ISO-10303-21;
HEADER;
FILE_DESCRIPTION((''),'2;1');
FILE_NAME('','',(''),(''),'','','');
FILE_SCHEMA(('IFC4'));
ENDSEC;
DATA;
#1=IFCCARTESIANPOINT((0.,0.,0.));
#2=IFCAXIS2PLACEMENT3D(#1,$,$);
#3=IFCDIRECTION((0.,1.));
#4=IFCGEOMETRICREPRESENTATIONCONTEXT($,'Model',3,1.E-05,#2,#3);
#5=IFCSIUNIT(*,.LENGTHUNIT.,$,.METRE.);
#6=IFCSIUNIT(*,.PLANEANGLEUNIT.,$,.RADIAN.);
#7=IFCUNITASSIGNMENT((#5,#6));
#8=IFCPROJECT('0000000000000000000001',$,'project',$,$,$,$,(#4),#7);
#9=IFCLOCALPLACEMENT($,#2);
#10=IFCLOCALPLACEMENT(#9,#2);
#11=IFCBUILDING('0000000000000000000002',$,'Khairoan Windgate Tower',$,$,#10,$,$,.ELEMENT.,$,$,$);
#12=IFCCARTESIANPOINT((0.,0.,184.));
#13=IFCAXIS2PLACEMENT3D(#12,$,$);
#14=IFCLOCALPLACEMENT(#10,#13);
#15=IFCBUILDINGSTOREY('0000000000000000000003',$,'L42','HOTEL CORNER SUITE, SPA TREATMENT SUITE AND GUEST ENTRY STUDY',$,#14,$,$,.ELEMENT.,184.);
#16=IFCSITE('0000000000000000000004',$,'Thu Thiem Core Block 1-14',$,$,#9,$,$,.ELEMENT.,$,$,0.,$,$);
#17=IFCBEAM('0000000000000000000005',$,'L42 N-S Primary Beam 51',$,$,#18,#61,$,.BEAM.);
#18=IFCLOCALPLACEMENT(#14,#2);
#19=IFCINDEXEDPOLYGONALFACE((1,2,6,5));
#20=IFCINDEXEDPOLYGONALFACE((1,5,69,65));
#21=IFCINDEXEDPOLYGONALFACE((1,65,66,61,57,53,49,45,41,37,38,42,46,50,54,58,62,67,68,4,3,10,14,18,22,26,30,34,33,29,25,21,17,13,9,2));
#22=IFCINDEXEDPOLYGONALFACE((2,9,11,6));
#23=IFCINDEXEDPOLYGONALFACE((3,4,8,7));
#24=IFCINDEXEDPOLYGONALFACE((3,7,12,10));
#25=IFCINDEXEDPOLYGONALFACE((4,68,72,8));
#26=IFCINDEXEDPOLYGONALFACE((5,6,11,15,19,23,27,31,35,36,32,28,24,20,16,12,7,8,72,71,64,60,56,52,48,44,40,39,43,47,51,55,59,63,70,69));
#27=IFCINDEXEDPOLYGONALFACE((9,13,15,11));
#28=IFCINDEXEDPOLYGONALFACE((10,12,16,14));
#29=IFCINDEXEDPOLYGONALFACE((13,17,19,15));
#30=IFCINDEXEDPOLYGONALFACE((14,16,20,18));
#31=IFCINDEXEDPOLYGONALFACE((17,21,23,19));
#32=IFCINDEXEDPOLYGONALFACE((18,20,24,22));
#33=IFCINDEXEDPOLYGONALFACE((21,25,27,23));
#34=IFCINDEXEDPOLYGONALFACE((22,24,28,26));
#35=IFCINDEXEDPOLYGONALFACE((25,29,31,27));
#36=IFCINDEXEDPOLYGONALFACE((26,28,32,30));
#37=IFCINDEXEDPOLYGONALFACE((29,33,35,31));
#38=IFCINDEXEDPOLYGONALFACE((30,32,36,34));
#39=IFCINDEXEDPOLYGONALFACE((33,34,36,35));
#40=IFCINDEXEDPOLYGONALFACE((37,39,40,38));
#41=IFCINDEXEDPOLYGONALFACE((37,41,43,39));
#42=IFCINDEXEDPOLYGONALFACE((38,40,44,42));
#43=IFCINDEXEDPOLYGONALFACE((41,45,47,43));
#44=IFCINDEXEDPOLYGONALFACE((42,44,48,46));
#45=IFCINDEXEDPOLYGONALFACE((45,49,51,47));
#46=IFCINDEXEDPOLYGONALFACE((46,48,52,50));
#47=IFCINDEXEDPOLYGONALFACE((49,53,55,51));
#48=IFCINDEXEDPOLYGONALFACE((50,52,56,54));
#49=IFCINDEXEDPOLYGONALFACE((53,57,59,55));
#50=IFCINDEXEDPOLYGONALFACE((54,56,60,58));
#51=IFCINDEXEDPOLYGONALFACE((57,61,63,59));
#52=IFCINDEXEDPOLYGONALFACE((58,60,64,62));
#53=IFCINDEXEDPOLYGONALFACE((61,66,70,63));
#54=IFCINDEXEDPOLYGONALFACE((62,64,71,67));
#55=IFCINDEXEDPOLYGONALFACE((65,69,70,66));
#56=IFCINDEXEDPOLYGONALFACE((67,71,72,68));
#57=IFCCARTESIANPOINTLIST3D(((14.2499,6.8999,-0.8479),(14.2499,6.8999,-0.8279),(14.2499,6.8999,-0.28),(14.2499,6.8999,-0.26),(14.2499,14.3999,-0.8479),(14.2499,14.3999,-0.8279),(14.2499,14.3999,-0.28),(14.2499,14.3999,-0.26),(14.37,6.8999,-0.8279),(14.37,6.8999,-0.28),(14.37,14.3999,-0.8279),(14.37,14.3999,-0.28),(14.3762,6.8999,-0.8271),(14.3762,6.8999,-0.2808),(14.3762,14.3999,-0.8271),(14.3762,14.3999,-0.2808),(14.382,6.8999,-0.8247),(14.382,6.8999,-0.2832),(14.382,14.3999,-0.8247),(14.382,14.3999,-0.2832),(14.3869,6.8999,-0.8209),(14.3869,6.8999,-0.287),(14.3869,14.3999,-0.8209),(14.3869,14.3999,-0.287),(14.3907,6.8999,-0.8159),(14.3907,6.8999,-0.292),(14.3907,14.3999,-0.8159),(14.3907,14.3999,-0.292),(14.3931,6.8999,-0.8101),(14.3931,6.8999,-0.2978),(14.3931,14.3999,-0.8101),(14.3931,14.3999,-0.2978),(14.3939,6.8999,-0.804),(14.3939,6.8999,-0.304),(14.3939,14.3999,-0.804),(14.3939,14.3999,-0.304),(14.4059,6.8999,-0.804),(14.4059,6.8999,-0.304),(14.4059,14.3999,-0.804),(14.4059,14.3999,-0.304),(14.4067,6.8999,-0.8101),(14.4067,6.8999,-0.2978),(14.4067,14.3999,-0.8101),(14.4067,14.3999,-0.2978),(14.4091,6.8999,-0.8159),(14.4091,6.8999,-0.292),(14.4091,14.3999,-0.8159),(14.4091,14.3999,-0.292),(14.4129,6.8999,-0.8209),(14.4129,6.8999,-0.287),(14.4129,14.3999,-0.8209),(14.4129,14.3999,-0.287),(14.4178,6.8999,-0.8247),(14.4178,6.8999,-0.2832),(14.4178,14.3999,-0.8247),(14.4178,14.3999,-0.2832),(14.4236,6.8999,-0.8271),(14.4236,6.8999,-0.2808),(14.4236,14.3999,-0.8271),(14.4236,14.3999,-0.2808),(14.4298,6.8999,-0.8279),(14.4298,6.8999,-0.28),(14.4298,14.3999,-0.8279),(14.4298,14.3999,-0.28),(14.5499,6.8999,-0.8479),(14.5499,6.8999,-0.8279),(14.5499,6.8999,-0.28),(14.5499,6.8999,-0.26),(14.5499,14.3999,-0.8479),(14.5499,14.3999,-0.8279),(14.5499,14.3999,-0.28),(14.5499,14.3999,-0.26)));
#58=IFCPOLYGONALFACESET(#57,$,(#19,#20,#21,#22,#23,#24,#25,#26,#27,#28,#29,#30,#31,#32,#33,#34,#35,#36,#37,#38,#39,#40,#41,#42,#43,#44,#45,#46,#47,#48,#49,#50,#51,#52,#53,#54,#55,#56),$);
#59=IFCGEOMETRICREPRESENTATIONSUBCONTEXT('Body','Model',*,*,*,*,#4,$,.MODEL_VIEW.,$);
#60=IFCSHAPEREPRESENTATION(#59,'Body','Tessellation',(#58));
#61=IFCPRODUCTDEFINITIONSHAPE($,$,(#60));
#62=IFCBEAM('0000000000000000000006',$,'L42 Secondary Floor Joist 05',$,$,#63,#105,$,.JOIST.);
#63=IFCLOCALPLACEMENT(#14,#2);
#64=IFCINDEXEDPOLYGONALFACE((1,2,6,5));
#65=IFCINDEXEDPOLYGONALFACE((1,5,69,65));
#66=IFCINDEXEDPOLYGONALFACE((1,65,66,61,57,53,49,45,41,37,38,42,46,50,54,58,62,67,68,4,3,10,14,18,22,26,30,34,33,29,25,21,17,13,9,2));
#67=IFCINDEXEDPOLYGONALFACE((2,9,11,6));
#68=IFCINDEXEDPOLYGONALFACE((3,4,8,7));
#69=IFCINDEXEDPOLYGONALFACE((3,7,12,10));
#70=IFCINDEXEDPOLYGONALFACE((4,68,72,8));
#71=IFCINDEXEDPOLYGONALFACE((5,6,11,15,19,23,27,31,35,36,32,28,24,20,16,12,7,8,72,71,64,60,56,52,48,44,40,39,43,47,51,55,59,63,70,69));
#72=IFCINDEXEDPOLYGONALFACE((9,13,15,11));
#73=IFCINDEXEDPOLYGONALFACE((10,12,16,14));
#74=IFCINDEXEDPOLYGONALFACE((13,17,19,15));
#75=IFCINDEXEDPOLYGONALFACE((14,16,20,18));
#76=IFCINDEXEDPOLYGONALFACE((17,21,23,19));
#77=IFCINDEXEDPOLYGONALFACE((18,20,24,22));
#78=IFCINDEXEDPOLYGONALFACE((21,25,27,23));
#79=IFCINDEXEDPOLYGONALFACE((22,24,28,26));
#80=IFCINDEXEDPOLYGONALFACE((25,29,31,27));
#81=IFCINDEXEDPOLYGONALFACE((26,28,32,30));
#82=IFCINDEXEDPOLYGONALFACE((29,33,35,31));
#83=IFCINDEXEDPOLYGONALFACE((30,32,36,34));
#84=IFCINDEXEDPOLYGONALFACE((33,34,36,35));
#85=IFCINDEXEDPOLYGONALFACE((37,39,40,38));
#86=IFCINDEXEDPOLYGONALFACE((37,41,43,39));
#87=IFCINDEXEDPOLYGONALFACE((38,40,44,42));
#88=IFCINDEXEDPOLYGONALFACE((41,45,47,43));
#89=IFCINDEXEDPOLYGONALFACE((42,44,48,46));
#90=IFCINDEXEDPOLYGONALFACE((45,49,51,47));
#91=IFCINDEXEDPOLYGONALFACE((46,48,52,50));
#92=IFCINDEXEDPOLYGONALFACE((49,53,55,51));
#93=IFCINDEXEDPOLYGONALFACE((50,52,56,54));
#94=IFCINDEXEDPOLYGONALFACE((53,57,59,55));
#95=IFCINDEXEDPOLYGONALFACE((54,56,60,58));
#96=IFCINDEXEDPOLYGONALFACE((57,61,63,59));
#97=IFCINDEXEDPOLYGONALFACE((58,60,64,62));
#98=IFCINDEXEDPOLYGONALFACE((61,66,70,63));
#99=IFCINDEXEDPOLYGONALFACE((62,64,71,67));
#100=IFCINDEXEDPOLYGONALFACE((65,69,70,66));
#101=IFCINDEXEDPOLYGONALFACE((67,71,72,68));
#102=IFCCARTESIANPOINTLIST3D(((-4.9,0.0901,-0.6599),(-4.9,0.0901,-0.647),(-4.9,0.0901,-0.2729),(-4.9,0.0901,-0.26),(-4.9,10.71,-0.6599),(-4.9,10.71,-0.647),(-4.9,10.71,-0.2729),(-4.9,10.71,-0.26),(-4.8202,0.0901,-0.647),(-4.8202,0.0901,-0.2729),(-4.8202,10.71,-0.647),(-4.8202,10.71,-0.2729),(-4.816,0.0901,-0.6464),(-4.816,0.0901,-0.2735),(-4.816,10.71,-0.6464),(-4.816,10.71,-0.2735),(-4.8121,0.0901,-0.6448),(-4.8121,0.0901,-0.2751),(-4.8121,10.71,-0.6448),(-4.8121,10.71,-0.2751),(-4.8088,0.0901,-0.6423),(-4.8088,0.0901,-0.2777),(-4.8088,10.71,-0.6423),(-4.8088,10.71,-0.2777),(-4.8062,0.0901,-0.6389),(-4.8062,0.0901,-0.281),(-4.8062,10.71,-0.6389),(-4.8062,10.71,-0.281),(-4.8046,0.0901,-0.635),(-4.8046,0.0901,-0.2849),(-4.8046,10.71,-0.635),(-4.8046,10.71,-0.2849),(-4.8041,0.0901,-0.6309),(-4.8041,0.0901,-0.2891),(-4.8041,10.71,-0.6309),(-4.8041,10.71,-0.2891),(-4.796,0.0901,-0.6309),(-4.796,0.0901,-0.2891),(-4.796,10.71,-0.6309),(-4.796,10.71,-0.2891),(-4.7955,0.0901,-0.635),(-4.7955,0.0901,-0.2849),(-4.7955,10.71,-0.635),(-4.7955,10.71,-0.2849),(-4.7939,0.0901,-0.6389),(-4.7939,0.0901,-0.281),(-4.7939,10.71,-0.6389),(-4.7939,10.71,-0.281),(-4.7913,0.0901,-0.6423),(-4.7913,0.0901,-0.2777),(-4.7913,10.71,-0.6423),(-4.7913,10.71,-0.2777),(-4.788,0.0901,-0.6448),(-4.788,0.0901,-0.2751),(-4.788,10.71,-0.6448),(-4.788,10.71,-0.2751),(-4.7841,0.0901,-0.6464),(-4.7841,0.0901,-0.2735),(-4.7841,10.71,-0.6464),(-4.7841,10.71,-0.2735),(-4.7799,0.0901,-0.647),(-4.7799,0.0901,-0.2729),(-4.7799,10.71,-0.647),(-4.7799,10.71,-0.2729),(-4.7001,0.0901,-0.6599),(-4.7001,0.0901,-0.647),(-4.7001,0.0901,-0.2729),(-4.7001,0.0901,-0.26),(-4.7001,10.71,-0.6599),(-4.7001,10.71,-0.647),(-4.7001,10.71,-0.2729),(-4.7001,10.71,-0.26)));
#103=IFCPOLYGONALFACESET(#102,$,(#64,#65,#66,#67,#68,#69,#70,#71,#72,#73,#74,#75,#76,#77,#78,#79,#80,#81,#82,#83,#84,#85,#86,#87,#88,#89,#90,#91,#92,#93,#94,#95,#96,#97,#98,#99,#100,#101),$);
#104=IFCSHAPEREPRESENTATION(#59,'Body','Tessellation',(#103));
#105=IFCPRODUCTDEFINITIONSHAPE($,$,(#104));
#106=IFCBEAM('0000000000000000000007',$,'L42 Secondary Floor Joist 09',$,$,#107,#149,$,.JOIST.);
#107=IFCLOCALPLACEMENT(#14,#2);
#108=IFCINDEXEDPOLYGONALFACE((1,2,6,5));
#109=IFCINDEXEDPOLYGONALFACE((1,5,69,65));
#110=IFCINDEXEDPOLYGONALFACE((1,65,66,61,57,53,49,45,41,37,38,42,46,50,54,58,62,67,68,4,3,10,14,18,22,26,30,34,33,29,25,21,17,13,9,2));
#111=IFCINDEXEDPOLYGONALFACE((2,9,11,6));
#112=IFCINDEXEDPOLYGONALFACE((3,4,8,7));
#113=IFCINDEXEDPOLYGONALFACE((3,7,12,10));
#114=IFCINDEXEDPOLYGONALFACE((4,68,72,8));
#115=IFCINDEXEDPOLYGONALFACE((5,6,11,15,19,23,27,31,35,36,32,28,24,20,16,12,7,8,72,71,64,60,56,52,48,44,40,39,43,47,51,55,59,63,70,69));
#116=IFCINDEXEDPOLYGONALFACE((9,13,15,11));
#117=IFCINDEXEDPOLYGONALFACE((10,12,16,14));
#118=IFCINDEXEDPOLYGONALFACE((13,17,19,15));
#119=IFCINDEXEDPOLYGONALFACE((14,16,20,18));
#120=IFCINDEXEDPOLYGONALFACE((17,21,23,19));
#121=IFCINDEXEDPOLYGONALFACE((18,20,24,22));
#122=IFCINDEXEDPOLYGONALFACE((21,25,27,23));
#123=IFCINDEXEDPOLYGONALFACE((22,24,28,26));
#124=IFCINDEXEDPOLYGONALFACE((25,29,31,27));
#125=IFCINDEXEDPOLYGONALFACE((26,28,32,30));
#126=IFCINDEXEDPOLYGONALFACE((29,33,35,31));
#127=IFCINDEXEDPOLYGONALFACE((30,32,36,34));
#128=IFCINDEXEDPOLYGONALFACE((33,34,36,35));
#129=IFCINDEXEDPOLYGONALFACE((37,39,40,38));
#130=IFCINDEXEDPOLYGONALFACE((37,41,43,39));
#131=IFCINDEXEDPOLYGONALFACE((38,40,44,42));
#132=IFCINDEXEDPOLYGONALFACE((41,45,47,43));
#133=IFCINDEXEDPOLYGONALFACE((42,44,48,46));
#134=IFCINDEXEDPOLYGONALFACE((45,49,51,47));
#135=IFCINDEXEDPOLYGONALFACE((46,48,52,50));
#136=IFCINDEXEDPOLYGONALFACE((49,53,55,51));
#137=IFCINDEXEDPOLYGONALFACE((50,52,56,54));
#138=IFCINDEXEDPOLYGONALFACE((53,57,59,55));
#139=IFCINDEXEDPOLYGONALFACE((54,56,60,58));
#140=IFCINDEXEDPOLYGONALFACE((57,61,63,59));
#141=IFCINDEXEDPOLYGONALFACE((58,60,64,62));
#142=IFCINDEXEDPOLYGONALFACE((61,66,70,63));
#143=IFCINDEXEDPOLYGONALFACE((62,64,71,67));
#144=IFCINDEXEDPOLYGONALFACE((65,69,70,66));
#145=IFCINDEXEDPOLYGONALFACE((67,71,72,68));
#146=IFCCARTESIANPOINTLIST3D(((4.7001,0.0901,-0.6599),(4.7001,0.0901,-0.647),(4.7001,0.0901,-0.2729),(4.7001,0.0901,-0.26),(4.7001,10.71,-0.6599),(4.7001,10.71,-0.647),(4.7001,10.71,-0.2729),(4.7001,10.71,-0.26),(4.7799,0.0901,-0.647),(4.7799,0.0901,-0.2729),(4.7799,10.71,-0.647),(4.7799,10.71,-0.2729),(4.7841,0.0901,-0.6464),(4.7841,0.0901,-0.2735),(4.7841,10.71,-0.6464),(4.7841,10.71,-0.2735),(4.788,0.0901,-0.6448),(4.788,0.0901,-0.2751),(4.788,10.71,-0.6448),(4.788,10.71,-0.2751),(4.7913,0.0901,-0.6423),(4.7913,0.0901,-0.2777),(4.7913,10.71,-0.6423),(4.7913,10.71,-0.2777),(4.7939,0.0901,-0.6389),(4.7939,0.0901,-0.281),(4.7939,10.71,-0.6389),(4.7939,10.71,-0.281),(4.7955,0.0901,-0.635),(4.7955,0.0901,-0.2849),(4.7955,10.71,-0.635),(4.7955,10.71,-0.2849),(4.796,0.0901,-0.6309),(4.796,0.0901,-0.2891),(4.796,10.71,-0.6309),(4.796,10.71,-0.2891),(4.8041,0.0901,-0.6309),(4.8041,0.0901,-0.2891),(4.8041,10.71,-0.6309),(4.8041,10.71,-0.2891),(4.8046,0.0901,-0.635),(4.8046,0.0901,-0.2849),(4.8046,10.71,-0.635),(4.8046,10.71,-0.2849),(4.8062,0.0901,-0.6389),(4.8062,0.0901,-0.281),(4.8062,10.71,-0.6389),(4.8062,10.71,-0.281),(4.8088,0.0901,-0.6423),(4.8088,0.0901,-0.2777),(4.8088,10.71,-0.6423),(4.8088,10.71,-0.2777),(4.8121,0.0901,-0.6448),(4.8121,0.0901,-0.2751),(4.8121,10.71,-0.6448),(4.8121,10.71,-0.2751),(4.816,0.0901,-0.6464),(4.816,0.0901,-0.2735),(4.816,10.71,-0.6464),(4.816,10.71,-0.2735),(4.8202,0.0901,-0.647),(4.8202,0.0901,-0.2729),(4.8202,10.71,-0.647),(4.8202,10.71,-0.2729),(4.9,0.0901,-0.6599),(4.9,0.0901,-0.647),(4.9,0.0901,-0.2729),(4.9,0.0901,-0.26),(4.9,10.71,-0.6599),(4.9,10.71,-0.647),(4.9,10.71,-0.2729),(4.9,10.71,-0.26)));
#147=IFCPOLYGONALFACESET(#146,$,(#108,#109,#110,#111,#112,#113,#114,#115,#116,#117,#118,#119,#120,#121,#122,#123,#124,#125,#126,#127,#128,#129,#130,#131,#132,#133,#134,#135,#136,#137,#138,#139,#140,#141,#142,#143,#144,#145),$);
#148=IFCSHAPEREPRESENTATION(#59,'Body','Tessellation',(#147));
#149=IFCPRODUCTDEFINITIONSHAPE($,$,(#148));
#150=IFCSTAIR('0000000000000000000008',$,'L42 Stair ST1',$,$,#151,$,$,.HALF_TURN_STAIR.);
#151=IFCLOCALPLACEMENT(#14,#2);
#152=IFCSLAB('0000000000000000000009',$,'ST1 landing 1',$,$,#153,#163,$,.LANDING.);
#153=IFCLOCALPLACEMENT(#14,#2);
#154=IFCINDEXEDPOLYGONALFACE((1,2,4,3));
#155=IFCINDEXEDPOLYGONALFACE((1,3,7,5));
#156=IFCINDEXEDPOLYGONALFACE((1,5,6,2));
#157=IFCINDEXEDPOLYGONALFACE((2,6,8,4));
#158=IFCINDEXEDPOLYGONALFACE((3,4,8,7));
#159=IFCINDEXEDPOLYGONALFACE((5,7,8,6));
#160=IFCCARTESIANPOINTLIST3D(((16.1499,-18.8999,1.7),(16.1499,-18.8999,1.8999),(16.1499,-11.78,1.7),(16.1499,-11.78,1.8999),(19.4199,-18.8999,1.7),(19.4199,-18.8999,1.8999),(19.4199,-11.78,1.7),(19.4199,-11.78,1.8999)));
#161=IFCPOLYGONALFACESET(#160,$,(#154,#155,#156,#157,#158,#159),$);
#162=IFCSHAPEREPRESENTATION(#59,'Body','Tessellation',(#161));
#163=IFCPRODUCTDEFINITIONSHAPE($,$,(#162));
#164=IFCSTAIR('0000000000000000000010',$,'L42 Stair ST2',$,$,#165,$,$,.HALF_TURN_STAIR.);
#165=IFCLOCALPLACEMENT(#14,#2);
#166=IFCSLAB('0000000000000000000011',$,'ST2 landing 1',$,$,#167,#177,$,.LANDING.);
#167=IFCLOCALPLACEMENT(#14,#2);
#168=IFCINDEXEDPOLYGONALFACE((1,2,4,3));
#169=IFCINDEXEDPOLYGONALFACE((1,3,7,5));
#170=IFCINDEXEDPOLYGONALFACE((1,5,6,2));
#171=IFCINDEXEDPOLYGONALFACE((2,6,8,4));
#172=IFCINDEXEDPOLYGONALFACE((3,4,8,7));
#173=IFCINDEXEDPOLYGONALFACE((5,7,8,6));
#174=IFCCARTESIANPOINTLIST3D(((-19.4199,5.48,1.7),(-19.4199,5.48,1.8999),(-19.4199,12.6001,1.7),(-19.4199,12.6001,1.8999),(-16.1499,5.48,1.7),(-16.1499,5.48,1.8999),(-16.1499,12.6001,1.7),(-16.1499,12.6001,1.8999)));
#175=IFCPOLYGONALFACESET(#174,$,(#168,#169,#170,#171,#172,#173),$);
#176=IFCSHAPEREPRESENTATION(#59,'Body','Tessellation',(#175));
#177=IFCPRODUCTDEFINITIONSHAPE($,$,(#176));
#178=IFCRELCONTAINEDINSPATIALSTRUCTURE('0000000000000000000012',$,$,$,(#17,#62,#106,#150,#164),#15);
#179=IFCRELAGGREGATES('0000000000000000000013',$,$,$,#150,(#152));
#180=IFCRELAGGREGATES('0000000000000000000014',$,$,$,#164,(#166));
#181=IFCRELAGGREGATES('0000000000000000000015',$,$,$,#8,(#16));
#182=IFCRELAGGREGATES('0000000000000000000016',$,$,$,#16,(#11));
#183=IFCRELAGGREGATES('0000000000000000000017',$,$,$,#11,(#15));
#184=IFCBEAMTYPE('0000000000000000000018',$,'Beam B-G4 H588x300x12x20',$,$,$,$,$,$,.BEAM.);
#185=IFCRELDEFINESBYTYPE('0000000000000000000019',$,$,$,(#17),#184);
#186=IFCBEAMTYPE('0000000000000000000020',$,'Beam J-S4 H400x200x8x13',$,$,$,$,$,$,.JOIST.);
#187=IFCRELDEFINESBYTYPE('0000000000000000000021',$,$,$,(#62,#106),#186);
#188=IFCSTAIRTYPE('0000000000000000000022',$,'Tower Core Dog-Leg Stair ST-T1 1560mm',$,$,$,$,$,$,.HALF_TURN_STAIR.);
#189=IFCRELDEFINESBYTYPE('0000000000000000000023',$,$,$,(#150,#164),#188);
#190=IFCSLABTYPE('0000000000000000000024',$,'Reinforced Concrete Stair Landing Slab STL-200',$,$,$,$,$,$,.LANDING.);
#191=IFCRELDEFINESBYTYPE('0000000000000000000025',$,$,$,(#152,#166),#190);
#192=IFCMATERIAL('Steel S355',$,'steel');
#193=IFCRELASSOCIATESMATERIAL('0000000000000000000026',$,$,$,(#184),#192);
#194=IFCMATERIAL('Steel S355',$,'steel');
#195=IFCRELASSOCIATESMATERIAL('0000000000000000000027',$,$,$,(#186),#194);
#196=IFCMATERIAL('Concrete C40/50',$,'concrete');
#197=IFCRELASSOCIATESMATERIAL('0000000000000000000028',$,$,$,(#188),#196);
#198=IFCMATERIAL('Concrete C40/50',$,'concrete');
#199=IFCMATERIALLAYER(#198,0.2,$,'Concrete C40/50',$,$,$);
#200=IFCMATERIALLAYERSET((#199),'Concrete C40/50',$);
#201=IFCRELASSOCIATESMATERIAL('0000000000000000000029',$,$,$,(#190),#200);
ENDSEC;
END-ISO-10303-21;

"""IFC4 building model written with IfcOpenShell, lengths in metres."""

from ifc_helpers import new_model, si_unit, direction, frame, origin, origin_2d, place, context, subcontext, project, spatial, polyline, i_section, outline, extrude, material, layer, layer_set, material_profile, profile_set, type_object, element, aggregate, save


model = new_model("IFC4")

# Units and contexts
model_context = context("Model", 3, precision=1e-05, world=origin(), true_north=direction((0.0, 1.0)))
body_context = subcontext(model_context, "Body", "Model", "MODEL_VIEW")
ifc_project = project(units=[si_unit("LENGTHUNIT", "METRE"), si_unit("PLANEANGLEUNIT", "RADIAN")], contexts=[model_context])

# Site, building, storey
site_placement = place(None, origin())
site = spatial("IfcSite", under=ifc_project, at=site_placement, Name="Thu Thiem Core Block 1-14", CompositionType="ELEMENT", RefElevation=0.0)
building_placement = place(site_placement, origin())
building = spatial("IfcBuilding", under=site, at=building_placement, Name="Khairoan Windgate Tower", CompositionType="ELEMENT")
storey_placement = place(building_placement, frame((0.0, 0.0, 184.0)))
storey = spatial("IfcBuildingStorey", under=building, at=storey_placement, Name="L42", Description="HOTEL CORNER SUITE, SPA TREATMENT SUITE AND GUEST ENTRY STUDY", CompositionType="ELEMENT", Elevation=184.0)

# Beams
ifc_material_1 = material(Name="Steel S355", Category="steel")
ifc_material_profile_1 = material_profile(ifc_material_1, i_section(OverallWidth=0.3, OverallDepth=0.5879, WebThickness=0.012, FlangeThickness=0.02, FilletRadius=0.0239, at=origin_2d()))
ifc_profile_set_1 = profile_set([ifc_material_profile_1], Name="Steel S355")
beam_type_1 = type_object("IfcBeamType", Name="Beam B-G4 H588x300x12x20", PredefinedType="BEAM", material=ifc_profile_set_1)
beam_1_placement = place(storey_placement, frame((14.3999, 6.8999, -0.554), z_axis=(0.0, 1.0, 0.0), x_axis=(-1.0, 0.0, 0.0)))
element("IfcBeam", 1, at=beam_1_placement, inside=storey, type_object=beam_type_1, Name="L42 N-S Primary Beam 51", PredefinedType="BEAM", context=body_context, shape_type="SweptSolid", body=[
    extrude(i_section(OverallWidth=0.3, OverallDepth=0.5879, WebThickness=0.012, FlangeThickness=0.02, FilletRadius=0.0239, at=origin_2d()), origin(), (0.0, 0.0, 1.0), 7.5),
])
ifc_material_2 = material(Name="Steel S355", Category="steel")
ifc_material_profile_2 = material_profile(ifc_material_2, i_section(OverallWidth=0.2, OverallDepth=0.3999, WebThickness=0.0081, FlangeThickness=0.0129, FilletRadius=0.0161, at=origin_2d()))
ifc_profile_set_2 = profile_set([ifc_material_profile_2], Name="Steel S355")
beam_type_2 = type_object("IfcBeamType", Name="Beam J-S4 H400x200x8x13", PredefinedType="JOIST", material=ifc_profile_set_2)
for number, where, z_axis, x_axis, name in (
    (2, (-4.8, 0.0901, -0.46), (0.0, 1.0, 0.0), (-1.0, 0.0, 0.0), "L42 Secondary Floor Joist 05"),
    (3, (4.8, 0.0901, -0.46), (0.0, 1.0, 0.0), (-1.0, 0.0, 0.0), "L42 Secondary Floor Joist 09"),
):
    element("IfcBeam", number, at=place(storey_placement, frame(where, z_axis=z_axis, x_axis=x_axis)), inside=storey, type_object=beam_type_2, Name=name, PredefinedType="JOIST", context=body_context, shape_type="SweptSolid", body=[
        extrude(i_section(OverallWidth=0.2, OverallDepth=0.3999, WebThickness=0.0081, FlangeThickness=0.0129, FilletRadius=0.0161, at=origin_2d()), origin(), (0.0, 0.0, 1.0), 10.6199),
    ])

# Stairs, slabs
ifc_material_3 = material(Name="Concrete C40/50", Category="concrete")
stair_type = type_object("IfcStairType", Name="Tower Core Dog-Leg Stair ST-T1 1560mm", PredefinedType="HALF_TURN_STAIR", material=ifc_material_3)
stair_1_placement = place(storey_placement, origin())
stair_1 = element("IfcStair", 4, at=stair_1_placement, inside=storey, type_object=stair_type, Name="L42 Stair ST1", PredefinedType="HALF_TURN_STAIR")
ifc_material_4 = material(Name="Concrete C40/50", Category="concrete")
ifc_layer_1 = layer(ifc_material_4, 0.2, Name="Concrete C40/50")
ifc_layer_set_1 = layer_set([ifc_layer_1], Name="Concrete C40/50")
slab_type_1 = type_object("IfcSlabType", Name="Reinforced Concrete Stair Landing Slab STL-200", PredefinedType="LANDING", material=ifc_layer_set_1)
slab_1_placement = place(storey_placement, frame((0.0, 0.0, 1.7)))
slab_1 = element("IfcSlab", 5, at=slab_1_placement, type_object=slab_type_1, Name="ST1 landing 1", PredefinedType="LANDING", context=body_context, shape_type="SweptSolid", body=[
    extrude(outline(polyline([(16.1499, -11.78), (16.1499, -18.8999), (19.4199, -18.8999), (19.4199, -11.78), (16.1499, -11.78)])), origin(), (0.0, 0.0, 1.0), 0.2),
])
aggregate(stair_1, [slab_1])
stair_2_placement = place(storey_placement, origin())
stair_2 = element("IfcStair", 6, at=stair_2_placement, inside=storey, type_object=stair_type, Name="L42 Stair ST2", PredefinedType="HALF_TURN_STAIR")
slab_2_placement = place(storey_placement, frame((0.0, 0.0, 1.7)))
slab_2 = element("IfcSlab", 7, at=slab_2_placement, type_object=slab_type_1, Name="ST2 landing 1", PredefinedType="LANDING", context=body_context, shape_type="SweptSolid", body=[
    extrude(outline(polyline([(-16.1499, 5.48), (-16.1499, 12.6001), (-19.4199, 12.6001), (-19.4199, 5.48), (-16.1499, 5.48)])), origin(), (0.0, 0.0, 1.0), 0.2),
])
aggregate(stair_2, [slab_2])

save(model, "model.ifc")
